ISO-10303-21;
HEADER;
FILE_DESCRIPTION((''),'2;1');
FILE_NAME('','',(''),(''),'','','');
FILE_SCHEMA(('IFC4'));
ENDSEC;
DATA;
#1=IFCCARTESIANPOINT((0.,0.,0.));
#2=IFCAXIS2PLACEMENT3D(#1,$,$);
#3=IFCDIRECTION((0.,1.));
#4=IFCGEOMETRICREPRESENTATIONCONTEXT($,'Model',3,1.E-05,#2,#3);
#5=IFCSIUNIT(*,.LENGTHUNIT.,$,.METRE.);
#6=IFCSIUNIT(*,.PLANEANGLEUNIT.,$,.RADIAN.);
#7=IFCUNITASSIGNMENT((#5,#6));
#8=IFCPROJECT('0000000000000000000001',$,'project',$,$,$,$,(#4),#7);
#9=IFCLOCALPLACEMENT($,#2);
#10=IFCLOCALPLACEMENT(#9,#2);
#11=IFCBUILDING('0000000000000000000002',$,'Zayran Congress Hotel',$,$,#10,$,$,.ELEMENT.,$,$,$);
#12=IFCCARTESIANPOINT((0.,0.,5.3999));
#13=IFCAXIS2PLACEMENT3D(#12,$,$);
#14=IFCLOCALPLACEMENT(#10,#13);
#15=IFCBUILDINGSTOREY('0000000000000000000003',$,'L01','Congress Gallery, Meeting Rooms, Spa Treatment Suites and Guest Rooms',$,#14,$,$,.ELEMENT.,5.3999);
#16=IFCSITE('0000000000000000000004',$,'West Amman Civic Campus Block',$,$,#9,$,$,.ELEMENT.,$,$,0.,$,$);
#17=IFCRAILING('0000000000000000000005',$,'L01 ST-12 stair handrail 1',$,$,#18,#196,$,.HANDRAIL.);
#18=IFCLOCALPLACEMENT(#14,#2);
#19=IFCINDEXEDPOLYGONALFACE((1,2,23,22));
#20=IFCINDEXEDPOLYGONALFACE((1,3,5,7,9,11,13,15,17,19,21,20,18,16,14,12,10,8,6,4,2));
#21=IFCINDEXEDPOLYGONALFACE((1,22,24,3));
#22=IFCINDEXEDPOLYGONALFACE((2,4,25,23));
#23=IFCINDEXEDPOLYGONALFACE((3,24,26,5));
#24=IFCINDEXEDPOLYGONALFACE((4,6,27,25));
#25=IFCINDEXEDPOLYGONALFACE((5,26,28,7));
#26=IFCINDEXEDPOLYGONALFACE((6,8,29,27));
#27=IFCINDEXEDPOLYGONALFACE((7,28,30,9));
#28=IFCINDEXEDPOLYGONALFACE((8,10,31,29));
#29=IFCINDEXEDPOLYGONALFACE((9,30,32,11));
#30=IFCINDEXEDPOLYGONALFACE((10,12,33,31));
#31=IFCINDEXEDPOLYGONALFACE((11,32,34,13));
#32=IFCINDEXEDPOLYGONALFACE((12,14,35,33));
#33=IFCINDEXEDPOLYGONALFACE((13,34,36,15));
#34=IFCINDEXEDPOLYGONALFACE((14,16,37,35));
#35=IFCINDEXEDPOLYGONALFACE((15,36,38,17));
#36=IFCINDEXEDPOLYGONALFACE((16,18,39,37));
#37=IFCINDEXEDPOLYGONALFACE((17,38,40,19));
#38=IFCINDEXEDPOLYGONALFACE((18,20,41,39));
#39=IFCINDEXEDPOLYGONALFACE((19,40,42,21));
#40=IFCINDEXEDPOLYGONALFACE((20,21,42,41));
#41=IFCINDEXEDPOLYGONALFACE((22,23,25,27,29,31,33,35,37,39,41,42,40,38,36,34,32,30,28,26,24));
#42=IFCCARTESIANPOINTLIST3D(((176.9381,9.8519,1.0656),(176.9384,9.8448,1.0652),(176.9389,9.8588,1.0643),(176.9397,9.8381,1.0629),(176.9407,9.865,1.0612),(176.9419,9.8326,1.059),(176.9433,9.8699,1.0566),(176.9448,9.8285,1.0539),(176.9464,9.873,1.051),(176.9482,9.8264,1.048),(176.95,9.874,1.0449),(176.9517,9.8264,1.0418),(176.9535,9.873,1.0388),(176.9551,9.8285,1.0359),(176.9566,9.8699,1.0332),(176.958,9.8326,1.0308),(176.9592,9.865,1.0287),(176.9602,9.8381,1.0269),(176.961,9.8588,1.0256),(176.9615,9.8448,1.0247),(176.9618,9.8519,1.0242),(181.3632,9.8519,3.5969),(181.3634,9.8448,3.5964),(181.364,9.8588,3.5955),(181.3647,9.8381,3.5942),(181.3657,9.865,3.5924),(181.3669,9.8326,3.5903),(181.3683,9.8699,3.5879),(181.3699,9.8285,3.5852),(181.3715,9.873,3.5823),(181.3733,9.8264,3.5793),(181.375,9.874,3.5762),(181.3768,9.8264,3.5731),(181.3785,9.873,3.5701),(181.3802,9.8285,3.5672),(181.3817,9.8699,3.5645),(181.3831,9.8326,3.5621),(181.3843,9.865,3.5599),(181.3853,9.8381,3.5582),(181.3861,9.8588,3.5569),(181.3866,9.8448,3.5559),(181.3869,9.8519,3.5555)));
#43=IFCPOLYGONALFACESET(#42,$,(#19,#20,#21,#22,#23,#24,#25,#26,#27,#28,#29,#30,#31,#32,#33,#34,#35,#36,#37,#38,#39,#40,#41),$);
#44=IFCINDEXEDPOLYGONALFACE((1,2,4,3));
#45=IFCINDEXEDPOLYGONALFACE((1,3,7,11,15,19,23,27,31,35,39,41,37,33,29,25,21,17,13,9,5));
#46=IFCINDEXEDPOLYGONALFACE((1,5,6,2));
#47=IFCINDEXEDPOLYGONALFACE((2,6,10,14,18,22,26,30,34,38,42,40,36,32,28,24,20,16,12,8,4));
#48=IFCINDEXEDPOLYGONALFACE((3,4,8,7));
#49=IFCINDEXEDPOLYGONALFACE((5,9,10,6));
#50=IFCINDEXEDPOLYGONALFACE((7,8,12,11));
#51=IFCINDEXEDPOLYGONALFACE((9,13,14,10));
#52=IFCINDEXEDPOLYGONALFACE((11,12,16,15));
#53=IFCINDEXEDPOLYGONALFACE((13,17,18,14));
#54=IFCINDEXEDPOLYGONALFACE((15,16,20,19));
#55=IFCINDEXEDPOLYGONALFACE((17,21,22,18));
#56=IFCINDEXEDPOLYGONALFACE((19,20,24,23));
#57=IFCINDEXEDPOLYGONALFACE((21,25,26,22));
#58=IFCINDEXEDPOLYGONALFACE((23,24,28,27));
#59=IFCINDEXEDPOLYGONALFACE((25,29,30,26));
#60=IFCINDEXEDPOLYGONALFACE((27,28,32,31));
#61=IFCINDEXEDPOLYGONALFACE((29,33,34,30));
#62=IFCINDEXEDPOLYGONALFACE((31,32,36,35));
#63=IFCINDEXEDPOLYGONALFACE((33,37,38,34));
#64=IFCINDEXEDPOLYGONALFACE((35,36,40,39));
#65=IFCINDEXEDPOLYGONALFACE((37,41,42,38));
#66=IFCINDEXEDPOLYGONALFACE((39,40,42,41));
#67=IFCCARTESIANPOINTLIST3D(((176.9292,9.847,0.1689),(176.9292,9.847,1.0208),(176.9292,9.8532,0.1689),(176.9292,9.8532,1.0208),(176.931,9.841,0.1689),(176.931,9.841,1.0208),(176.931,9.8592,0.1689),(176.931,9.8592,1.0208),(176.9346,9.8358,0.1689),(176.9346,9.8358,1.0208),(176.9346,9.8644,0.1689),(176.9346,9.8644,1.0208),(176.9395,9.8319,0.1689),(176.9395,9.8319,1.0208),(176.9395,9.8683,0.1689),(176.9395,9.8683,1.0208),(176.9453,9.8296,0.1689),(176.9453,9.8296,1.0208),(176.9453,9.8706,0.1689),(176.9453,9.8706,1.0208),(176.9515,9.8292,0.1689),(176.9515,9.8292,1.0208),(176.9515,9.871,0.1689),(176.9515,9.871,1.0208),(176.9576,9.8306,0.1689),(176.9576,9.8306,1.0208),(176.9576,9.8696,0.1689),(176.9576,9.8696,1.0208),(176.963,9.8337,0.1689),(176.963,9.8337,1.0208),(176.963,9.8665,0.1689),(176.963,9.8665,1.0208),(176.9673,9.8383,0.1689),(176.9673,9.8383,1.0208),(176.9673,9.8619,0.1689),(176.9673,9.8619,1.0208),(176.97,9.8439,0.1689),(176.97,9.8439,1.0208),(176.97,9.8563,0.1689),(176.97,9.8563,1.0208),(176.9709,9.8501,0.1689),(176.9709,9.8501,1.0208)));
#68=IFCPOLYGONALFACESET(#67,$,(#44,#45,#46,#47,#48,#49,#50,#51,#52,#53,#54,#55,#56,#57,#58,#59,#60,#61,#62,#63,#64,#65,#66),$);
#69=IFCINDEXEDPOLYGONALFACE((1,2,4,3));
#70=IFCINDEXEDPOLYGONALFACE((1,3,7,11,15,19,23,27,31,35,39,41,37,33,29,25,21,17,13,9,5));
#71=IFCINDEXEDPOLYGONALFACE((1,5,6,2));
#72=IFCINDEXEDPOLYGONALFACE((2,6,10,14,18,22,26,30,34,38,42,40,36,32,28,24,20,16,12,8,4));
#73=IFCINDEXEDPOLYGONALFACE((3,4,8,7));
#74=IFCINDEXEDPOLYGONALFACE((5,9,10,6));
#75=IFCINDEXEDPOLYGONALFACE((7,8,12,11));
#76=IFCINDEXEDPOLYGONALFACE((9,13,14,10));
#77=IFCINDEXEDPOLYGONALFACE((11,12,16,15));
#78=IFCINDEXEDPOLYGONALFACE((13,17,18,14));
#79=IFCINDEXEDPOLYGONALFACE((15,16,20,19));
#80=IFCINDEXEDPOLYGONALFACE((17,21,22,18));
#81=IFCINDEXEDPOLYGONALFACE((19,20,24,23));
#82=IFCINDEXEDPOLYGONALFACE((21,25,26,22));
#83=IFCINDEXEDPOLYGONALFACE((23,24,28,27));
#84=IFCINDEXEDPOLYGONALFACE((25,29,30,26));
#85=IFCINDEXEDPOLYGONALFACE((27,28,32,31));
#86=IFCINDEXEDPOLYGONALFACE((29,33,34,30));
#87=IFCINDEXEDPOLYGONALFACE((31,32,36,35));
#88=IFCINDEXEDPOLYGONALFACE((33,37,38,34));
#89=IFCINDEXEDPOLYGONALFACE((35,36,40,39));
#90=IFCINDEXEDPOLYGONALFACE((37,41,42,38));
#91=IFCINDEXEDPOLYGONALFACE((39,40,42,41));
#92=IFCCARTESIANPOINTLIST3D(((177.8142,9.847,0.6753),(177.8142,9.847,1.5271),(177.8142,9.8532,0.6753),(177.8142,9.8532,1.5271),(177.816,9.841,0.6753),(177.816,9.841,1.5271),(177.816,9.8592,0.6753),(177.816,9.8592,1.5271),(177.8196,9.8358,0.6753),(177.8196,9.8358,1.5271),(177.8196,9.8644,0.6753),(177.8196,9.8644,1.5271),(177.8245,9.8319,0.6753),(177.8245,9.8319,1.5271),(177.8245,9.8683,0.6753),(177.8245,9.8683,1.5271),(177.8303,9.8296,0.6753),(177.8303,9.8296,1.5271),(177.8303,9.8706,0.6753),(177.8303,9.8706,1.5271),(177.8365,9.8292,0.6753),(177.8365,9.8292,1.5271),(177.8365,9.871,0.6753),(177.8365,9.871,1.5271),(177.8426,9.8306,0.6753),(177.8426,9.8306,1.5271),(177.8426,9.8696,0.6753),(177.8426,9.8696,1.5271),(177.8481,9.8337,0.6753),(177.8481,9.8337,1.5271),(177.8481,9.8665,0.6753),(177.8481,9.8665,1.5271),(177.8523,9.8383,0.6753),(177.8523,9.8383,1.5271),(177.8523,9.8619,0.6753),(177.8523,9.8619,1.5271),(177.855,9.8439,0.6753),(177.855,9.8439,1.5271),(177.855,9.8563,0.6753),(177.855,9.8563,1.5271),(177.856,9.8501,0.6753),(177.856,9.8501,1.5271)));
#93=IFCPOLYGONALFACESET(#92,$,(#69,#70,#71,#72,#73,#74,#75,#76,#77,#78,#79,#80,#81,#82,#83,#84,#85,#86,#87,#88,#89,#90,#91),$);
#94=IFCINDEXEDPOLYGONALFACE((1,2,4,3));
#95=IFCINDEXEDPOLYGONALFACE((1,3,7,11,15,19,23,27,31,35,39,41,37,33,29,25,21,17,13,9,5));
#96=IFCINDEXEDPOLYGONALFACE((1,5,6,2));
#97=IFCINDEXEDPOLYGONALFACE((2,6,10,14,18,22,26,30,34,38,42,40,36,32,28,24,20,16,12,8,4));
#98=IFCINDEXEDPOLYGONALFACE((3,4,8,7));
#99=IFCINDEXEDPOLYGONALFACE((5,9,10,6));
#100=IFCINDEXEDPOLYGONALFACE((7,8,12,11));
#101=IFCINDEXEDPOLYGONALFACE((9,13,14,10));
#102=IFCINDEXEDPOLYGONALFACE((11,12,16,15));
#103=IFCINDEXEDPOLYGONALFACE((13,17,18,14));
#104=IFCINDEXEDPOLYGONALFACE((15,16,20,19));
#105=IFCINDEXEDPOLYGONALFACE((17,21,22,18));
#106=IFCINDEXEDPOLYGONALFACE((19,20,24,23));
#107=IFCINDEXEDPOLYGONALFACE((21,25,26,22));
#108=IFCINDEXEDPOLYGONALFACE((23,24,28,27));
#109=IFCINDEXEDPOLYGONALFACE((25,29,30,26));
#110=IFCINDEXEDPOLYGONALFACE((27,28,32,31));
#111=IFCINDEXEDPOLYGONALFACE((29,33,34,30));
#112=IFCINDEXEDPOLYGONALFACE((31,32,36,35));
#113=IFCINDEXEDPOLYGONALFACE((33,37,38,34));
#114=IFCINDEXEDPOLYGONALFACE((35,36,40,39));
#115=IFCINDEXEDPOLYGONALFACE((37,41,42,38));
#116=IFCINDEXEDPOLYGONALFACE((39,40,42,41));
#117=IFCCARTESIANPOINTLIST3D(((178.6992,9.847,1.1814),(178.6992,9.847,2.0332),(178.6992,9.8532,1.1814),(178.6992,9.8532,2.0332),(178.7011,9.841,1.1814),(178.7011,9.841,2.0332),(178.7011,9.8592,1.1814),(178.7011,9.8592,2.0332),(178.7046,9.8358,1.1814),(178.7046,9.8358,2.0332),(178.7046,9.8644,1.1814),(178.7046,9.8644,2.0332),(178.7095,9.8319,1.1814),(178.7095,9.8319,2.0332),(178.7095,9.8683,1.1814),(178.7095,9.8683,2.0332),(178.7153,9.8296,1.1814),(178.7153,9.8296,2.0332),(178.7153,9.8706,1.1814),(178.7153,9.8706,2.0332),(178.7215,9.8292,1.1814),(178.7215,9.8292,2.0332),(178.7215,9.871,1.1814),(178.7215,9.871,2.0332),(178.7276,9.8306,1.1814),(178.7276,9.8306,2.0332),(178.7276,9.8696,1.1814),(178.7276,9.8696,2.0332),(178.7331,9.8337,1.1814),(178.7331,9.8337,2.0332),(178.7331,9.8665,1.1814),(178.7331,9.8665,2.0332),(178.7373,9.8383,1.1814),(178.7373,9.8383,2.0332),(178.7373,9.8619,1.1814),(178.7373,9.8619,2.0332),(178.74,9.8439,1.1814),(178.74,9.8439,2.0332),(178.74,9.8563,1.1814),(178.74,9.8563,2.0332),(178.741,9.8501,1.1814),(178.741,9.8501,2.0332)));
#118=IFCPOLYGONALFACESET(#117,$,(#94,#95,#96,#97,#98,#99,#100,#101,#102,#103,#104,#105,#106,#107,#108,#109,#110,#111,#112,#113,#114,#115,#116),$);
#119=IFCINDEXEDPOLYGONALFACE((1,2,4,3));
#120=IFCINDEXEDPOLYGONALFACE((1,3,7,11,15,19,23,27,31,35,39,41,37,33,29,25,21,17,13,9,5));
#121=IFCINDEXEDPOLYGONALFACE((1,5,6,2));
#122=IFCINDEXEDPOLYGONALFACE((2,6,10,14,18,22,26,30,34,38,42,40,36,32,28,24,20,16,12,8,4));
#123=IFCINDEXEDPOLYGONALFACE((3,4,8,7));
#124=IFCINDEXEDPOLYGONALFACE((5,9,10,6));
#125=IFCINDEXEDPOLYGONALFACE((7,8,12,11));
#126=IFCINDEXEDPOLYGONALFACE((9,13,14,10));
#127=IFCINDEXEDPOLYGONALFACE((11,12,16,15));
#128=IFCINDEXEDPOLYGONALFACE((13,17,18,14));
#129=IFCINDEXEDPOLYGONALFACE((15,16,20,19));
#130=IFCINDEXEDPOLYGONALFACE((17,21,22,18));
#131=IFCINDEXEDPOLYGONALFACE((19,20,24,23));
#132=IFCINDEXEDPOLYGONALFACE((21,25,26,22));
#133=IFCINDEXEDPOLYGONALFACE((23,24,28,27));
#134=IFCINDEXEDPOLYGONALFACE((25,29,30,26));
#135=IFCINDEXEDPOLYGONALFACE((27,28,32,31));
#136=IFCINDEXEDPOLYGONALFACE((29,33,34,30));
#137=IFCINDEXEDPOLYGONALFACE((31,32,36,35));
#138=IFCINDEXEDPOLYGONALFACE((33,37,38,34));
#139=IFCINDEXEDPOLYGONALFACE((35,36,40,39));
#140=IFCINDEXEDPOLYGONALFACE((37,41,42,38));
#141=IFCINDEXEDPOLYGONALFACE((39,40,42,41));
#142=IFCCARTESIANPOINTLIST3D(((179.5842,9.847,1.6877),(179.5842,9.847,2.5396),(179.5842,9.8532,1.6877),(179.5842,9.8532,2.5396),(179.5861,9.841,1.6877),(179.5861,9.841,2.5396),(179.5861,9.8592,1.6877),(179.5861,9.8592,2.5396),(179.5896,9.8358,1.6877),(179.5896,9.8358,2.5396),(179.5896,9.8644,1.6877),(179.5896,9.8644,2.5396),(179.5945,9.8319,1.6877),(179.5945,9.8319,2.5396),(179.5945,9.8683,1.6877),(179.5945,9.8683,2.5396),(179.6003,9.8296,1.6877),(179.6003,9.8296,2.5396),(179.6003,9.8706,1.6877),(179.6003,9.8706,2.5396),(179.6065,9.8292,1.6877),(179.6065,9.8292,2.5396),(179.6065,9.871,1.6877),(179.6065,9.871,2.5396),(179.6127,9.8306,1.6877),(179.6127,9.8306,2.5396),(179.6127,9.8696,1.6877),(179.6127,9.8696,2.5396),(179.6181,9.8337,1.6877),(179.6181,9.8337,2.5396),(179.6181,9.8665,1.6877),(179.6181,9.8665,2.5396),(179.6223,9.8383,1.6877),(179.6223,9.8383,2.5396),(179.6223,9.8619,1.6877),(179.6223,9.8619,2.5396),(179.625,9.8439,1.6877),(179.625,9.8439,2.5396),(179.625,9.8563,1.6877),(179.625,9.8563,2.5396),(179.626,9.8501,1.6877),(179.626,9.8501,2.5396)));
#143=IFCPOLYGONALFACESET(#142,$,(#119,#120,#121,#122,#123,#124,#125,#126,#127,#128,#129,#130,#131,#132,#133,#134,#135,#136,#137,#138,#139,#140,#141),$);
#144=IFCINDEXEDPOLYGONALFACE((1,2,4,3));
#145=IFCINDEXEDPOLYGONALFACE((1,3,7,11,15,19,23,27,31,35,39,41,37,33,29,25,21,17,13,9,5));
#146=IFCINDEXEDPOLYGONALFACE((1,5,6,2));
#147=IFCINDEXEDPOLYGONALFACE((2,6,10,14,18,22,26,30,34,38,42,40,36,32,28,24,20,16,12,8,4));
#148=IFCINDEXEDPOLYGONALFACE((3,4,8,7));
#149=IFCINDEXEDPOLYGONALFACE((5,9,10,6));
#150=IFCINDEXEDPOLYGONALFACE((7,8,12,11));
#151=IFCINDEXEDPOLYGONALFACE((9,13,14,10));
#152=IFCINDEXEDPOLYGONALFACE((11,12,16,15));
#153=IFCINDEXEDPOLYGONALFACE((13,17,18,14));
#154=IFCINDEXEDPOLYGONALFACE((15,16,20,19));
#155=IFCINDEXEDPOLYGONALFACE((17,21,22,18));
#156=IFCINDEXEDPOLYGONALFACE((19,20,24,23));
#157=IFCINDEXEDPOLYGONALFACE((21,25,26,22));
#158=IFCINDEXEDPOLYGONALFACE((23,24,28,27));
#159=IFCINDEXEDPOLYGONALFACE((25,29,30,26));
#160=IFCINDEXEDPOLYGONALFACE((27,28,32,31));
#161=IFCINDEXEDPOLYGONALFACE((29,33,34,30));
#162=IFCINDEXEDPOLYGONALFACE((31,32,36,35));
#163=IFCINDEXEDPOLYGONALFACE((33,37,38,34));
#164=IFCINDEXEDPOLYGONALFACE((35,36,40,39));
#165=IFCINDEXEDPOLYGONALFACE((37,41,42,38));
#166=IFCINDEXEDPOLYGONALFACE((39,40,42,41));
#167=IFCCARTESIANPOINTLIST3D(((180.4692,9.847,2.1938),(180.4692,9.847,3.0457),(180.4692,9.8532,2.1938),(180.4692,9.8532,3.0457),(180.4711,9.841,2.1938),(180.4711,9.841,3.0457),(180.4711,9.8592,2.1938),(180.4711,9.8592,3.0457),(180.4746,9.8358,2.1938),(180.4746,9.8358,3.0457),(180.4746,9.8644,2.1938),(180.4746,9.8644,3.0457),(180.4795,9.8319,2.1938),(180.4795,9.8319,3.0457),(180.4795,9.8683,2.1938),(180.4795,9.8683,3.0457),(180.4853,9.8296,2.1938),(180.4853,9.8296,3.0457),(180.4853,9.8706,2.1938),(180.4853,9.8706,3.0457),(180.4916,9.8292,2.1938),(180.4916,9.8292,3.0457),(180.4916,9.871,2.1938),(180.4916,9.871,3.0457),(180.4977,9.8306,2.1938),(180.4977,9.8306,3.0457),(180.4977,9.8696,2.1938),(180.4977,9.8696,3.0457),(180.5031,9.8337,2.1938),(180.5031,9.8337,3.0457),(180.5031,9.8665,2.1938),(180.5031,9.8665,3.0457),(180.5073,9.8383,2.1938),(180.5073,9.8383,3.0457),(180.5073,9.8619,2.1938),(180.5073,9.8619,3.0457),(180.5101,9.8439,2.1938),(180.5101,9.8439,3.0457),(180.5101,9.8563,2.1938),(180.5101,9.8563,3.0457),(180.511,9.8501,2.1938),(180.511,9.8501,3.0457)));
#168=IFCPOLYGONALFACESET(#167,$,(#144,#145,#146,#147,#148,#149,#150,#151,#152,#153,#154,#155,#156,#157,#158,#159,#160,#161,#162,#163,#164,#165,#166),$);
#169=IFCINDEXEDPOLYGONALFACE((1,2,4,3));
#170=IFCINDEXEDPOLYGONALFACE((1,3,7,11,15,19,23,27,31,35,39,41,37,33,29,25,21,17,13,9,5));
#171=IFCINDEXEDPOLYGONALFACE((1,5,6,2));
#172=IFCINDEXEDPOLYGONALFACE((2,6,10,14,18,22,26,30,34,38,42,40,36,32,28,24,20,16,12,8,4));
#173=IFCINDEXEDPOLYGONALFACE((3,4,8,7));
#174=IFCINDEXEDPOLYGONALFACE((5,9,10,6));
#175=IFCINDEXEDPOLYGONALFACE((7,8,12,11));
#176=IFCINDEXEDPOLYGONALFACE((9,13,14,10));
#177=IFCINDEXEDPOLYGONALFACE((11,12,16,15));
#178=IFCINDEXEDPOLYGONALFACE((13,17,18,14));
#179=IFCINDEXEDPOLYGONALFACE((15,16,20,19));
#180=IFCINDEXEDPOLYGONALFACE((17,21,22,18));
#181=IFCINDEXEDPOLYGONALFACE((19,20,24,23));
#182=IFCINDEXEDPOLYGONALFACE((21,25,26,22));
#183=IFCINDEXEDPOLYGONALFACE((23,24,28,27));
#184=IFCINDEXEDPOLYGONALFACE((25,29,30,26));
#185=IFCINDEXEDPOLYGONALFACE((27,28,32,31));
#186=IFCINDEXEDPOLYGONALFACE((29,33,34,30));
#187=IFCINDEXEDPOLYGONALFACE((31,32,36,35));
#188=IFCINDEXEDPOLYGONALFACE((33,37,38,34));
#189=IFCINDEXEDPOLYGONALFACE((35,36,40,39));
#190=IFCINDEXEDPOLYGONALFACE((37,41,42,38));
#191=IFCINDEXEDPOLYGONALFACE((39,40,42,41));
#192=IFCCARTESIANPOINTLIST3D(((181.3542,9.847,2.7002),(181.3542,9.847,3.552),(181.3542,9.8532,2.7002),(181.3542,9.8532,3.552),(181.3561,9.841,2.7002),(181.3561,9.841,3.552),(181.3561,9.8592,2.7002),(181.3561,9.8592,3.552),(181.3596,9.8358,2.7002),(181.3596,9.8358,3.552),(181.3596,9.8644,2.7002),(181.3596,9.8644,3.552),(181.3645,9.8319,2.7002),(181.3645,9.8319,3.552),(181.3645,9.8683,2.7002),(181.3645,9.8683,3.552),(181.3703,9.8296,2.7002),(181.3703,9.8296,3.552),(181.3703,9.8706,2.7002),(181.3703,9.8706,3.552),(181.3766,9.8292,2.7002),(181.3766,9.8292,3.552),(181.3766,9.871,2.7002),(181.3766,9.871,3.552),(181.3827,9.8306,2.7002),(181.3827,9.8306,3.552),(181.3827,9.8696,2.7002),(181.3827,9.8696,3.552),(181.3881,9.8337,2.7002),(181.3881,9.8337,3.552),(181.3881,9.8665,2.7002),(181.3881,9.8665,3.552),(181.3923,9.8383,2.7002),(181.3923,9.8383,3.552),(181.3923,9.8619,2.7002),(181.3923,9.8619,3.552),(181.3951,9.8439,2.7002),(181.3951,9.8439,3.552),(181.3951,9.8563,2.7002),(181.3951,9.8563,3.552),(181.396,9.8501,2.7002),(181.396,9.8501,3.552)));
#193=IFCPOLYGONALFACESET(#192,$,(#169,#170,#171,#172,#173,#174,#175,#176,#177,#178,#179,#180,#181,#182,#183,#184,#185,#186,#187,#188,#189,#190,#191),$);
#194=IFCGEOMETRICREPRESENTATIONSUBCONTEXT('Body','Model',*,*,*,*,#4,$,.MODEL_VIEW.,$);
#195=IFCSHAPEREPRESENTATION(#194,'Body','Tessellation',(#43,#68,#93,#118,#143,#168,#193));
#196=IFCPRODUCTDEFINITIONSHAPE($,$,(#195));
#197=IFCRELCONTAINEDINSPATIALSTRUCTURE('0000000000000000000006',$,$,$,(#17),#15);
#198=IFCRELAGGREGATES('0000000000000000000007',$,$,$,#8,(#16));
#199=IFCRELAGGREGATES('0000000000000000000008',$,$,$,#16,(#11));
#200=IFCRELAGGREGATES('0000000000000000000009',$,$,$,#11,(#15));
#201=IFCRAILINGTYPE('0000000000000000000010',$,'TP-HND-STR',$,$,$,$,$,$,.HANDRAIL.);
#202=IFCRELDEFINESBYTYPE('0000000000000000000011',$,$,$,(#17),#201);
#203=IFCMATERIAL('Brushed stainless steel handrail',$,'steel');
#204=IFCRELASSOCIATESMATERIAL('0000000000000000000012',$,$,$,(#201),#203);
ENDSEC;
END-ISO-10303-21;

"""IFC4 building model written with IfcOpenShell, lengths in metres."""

from ifc_helpers import new_model, si_unit, direction, frame, origin, origin_2d, place, context, subcontext, project, spatial, circle, extrude, material, type_object, element, save


model = new_model("IFC4")

# Units and contexts
model_context = context("Model", 3, precision=1e-05, world=origin(), true_north=direction((0.0, 1.0)))
body_context = subcontext(model_context, "Body", "Model", "MODEL_VIEW")
ifc_project = project(units=[si_unit("LENGTHUNIT", "METRE"), si_unit("PLANEANGLEUNIT", "RADIAN")], contexts=[model_context])

# Site, building, storey
site_placement = place(None, origin())
site = spatial("IfcSite", under=ifc_project, at=site_placement, Name="West Amman Civic Campus Block", CompositionType="ELEMENT", RefElevation=0.0)
building_placement = place(site_placement, origin())
building = spatial("IfcBuilding", under=site, at=building_placement, Name="Zayran Congress Hotel", CompositionType="ELEMENT")
storey_placement = place(building_placement, frame((0.0, 0.0, 5.3999)))
storey = spatial("IfcBuildingStorey", under=building, at=storey_placement, Name="L01", Description="Congress Gallery, Meeting Rooms, Spa Treatment Suites and Guest Rooms", CompositionType="ELEMENT", Elevation=5.3999)

# Railing
ifc_material_1 = material(Name="Brushed stainless steel handrail", Category="steel")
railing_type_1 = type_object("IfcRailingType", Name="TP-HND-STR", PredefinedType="HANDRAIL", material=ifc_material_1)
railing_1_placement = place(storey_placement, frame((176.95, 9.8501, 0.1689)))
element("IfcRailing", 1, at=railing_1_placement, inside=storey, type_object=railing_type_1, Name="L01 ST-12 stair handrail 1", PredefinedType="HANDRAIL", context=body_context, shape_type="SweptSolid", body=[
    extrude(circle(Radius=0.0239, at=origin_2d()), frame((0.0, 0.0, 0.876), z_axis=(0.868019, 0.0, 0.496531), x_axis=(0.0, 1.0, 0.0)), (0.0, 0.0, 1.0), 5.0979),
    extrude(circle(Radius=0.021, at=origin_2d()), origin(), (0.0, 0.0, 1.0), 0.8518),
    extrude(circle(Radius=0.021, at=origin_2d()), frame((0.885, 0.0, 0.5063)), (0.0, 0.0, 1.0), 0.8518),
    extrude(circle(Radius=0.021, at=origin_2d()), frame((1.77, 0.0, 1.0125)), (0.0, 0.0, 1.0), 0.8518),
    extrude(circle(Radius=0.021, at=origin_2d()), frame((2.655, 0.0, 1.5188)), (0.0, 0.0, 1.0), 0.8518),
    extrude(circle(Radius=0.021, at=origin_2d()), frame((3.54, 0.0, 2.0249)), (0.0, 0.0, 1.0), 0.8518),
    extrude(circle(Radius=0.021, at=origin_2d()), frame((4.425, 0.0, 2.5312)), (0.0, 0.0, 1.0), 0.8518),
])

save(model, "model.ifc")
